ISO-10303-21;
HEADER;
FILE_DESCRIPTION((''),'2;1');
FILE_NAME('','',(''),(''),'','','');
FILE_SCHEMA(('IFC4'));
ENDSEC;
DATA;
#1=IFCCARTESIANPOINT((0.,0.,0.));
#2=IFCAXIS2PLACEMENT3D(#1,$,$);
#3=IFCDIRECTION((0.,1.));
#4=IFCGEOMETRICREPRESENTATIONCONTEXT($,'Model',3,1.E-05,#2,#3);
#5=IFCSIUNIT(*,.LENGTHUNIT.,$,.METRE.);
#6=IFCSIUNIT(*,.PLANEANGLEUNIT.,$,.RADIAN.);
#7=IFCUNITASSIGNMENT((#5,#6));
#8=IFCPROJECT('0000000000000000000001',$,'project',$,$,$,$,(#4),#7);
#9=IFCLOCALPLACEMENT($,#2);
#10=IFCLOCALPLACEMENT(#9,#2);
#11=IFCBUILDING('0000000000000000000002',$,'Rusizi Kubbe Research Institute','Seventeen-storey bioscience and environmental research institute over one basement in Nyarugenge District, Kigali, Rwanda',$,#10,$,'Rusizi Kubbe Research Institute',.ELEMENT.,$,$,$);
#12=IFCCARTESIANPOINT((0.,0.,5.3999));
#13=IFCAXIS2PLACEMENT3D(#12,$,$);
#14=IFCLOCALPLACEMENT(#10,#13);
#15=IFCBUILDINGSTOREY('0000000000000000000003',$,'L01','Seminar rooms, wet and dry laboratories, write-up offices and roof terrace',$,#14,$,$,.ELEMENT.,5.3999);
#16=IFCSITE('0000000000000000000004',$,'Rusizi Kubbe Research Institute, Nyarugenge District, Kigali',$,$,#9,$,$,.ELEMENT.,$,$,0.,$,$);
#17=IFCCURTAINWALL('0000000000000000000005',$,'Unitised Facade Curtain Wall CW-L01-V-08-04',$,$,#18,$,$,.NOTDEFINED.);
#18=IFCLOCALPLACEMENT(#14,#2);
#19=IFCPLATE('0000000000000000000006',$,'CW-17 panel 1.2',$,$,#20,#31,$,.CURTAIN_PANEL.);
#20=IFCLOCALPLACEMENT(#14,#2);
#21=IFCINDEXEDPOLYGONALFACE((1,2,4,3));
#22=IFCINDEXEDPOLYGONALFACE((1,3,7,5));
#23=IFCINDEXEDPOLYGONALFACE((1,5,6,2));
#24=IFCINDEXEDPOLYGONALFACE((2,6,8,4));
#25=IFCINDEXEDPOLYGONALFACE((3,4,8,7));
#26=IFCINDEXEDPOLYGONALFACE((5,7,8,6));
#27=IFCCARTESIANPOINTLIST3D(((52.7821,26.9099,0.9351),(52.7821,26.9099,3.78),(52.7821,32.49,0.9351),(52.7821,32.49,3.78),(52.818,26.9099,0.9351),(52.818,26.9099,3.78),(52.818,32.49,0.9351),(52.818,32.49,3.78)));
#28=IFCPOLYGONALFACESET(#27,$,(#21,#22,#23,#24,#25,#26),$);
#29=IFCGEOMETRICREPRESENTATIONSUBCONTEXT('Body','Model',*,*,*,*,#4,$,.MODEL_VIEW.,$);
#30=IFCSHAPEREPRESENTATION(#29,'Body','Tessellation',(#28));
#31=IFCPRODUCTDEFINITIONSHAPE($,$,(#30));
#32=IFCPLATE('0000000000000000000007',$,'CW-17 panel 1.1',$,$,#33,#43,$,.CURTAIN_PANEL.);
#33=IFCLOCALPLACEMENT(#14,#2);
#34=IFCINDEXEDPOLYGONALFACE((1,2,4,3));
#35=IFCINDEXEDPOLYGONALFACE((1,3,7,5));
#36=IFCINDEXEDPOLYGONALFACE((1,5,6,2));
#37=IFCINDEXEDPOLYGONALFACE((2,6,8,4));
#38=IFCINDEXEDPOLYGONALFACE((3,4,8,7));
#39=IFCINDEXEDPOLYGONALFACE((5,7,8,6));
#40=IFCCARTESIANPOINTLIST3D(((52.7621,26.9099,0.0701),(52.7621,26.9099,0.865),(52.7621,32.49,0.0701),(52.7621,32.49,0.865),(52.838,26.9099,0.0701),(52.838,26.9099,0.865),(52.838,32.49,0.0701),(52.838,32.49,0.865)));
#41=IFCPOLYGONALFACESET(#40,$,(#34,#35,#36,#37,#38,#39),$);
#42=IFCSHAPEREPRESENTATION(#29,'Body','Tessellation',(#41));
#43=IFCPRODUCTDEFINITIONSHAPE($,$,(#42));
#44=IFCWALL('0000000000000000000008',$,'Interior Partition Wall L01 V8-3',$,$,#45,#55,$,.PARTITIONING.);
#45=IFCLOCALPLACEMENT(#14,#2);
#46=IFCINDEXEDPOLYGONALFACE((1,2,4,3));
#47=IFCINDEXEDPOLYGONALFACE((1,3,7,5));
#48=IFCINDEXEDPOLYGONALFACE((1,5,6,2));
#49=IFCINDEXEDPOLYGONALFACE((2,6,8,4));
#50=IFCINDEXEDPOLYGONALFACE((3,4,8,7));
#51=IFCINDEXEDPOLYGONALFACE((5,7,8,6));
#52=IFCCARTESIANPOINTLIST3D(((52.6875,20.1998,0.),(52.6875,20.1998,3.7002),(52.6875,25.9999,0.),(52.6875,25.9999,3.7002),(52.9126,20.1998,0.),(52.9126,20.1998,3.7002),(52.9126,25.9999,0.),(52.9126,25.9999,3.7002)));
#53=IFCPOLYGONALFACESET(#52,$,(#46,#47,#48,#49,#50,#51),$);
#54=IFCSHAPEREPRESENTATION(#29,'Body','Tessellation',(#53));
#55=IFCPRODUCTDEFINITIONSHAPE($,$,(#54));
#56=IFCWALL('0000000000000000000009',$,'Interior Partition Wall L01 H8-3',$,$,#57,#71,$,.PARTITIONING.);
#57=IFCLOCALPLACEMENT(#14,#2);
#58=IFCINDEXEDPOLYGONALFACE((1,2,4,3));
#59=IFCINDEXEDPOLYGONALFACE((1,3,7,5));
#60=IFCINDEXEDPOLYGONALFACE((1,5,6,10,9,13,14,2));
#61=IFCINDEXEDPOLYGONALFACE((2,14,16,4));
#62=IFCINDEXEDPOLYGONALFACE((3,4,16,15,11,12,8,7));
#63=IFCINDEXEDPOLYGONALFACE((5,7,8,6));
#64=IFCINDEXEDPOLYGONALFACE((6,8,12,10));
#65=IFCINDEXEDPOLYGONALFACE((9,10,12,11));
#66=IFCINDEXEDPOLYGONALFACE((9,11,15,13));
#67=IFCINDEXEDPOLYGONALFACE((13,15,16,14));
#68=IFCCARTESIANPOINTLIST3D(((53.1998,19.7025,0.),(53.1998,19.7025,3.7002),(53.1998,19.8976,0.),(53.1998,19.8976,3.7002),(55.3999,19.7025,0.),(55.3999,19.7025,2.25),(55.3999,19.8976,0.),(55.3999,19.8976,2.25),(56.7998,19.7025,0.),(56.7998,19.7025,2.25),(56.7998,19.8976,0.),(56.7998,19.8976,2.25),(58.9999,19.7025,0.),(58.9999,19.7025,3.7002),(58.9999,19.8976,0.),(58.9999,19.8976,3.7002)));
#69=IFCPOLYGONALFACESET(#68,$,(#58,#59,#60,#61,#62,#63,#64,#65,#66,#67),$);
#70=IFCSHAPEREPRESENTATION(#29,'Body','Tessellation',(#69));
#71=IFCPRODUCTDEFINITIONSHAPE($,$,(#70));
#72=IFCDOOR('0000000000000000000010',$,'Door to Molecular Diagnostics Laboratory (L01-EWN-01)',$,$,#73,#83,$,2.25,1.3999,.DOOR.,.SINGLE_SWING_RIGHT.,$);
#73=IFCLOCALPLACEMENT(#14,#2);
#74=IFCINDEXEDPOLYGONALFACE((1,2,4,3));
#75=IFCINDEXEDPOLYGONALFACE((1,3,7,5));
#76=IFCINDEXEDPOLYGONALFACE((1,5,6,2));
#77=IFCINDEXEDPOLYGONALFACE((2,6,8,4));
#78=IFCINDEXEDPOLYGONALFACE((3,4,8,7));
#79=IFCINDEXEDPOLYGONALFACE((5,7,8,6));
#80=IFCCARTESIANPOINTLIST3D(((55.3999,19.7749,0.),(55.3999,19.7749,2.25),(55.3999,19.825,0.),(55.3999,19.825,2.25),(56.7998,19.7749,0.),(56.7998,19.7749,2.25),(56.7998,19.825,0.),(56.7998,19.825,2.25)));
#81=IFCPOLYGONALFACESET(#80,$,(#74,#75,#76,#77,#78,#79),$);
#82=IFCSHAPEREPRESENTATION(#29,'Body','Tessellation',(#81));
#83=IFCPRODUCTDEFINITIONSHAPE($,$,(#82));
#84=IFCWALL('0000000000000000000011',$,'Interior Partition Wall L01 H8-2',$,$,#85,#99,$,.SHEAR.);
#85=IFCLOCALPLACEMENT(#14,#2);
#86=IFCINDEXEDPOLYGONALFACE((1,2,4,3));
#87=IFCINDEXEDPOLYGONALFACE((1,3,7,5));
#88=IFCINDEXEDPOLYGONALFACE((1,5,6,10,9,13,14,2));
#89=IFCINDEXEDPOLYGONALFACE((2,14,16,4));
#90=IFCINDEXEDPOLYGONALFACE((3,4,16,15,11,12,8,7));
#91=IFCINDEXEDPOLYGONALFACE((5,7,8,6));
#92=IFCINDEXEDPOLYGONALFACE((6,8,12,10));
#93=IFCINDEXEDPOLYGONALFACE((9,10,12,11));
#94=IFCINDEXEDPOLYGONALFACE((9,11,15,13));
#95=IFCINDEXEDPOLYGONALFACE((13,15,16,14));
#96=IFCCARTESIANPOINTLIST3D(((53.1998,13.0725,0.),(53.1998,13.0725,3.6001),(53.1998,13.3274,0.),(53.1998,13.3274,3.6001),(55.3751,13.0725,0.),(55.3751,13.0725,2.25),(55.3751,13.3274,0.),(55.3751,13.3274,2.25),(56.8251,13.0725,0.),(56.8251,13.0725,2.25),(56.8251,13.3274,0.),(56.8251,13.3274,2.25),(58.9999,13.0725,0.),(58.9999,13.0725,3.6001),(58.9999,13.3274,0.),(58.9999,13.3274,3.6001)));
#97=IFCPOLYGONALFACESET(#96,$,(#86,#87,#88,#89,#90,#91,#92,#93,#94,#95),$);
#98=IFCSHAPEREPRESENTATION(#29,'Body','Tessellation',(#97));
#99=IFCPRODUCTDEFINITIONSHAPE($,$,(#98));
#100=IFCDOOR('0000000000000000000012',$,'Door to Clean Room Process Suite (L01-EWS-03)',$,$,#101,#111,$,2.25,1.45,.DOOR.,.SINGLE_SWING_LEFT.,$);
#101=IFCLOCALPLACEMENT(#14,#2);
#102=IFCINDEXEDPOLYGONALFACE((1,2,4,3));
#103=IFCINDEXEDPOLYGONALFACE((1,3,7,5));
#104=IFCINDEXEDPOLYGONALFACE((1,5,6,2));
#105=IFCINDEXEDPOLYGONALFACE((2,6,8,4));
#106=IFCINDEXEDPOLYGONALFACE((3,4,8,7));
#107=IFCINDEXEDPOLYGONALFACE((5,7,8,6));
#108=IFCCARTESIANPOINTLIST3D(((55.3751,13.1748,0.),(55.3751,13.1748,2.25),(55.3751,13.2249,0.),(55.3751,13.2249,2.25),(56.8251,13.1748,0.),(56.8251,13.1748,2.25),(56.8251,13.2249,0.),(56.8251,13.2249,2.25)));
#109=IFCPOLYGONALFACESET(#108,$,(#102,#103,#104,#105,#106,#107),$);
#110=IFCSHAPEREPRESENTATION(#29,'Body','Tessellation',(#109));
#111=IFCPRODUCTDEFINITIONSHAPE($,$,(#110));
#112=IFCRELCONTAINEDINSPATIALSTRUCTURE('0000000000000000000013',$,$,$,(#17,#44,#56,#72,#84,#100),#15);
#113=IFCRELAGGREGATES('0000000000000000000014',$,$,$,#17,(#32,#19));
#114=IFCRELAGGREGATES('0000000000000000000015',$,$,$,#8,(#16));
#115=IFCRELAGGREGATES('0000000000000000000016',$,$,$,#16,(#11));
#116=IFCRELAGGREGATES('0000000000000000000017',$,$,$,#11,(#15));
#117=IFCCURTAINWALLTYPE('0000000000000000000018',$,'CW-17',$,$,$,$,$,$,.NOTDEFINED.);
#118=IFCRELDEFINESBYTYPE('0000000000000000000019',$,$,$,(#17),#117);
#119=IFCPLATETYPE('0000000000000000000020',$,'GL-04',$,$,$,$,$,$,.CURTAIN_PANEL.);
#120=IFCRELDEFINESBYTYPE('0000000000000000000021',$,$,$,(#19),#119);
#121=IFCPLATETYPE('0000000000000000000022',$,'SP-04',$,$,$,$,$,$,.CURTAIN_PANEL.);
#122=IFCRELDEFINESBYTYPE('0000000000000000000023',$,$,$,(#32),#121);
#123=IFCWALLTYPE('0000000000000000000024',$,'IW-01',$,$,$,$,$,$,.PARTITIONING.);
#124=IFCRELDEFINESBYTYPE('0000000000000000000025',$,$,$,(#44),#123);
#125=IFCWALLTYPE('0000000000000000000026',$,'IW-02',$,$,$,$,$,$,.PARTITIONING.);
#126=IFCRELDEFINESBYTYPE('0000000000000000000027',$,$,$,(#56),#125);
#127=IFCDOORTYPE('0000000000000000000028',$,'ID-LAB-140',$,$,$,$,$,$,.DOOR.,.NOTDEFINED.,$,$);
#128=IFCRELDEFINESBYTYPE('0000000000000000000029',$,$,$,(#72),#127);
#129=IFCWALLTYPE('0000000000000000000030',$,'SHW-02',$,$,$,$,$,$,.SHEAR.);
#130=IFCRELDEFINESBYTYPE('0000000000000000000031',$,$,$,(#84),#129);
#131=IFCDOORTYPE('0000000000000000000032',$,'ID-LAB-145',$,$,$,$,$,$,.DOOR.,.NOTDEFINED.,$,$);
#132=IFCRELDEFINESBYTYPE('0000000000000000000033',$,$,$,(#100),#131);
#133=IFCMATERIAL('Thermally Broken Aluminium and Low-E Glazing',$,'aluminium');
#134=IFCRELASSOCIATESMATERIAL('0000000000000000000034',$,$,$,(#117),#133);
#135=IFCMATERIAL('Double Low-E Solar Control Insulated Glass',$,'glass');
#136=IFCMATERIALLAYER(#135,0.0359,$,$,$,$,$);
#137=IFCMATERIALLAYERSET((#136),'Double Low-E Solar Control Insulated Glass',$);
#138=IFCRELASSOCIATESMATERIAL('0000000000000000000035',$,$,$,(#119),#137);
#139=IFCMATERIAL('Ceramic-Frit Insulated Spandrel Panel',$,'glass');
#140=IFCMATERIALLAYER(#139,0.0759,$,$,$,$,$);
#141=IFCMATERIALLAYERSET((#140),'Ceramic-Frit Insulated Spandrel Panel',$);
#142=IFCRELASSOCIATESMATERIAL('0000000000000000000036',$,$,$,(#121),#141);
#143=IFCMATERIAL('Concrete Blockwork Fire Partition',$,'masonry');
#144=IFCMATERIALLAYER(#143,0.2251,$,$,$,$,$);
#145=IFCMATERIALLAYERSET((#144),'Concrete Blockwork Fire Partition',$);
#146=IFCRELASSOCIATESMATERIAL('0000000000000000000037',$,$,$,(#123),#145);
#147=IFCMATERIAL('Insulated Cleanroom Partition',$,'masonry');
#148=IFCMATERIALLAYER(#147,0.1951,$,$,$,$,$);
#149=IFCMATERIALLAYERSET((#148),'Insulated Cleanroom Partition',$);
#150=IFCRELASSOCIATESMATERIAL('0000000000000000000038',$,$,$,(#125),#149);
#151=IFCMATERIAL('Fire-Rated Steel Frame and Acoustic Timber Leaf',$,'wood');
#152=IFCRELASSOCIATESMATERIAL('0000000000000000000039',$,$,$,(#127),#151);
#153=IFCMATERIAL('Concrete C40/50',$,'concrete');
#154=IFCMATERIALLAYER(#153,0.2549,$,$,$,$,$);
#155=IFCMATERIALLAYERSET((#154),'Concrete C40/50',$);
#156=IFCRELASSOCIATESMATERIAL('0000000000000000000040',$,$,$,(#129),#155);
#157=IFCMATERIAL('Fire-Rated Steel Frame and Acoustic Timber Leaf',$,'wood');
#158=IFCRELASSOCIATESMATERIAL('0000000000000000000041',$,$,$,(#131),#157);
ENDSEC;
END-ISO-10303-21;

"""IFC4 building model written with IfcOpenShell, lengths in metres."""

from ifc_helpers import new_model, si_unit, direction, frame, frame_2d, origin, origin_2d, place, context, subcontext, project, spatial, rectangle, extrude, material, layer, layer_set, type_object, element, fill, aggregate, save


model = new_model("IFC4")

# Units and contexts
model_context = context("Model", 3, precision=1e-05, world=origin(), true_north=direction((0.0, 1.0)))
body_context = subcontext(model_context, "Body", "Model", "MODEL_VIEW")
ifc_project = project(units=[si_unit("LENGTHUNIT", "METRE"), si_unit("PLANEANGLEUNIT", "RADIAN")], contexts=[model_context])

# Site, building, storey
site_placement = place(None, origin())
site = spatial("IfcSite", under=ifc_project, at=site_placement, Name="Rusizi Kubbe Research Institute, Nyarugenge District, Kigali", CompositionType="ELEMENT", RefElevation=0.0)
building_placement = place(site_placement, origin())
building = spatial("IfcBuilding", under=site, at=building_placement, Name="Rusizi Kubbe Research Institute", Description="Seventeen-storey bioscience and environmental research institute over one basement in Nyarugenge District, Kigali, Rwanda", LongName="Rusizi Kubbe Research Institute", CompositionType="ELEMENT")
storey_placement = place(building_placement, frame((0.0, 0.0, 5.3999)))
storey = spatial("IfcBuildingStorey", under=building, at=storey_placement, Name="L01", Description="Seminar rooms, wet and dry laboratories, write-up offices and roof terrace", CompositionType="ELEMENT", Elevation=5.3999)

# Curtain wall, plates
ifc_material_1 = material(Name="Thermally Broken Aluminium and Low-E Glazing", Category="aluminium")
curtain_wall_type = type_object("IfcCurtainWallType", Name="CW-17", PredefinedType="NOTDEFINED", material=ifc_material_1)
curtain_wall_placement = place(storey_placement, origin())
curtain_wall = element("IfcCurtainWall", 1, at=curtain_wall_placement, inside=storey, type_object=curtain_wall_type, Name="Unitised Facade Curtain Wall CW-L01-V-08-04", PredefinedType="NOTDEFINED")
ifc_material_2 = material(Name="Double Low-E Solar Control Insulated Glass", Category="glass")
ifc_layer_1 = layer(ifc_material_2, 0.0359)
ifc_layer_set_1 = layer_set([ifc_layer_1], Name="Double Low-E Solar Control Insulated Glass")
plate_type_1 = type_object("IfcPlateType", Name="GL-04", PredefinedType="CURTAIN_PANEL", material=ifc_layer_set_1)
plate_1_placement = place(storey_placement, frame((52.8, 29.7, 0.9351), z_axis=(0.0, 0.0, 1.0), x_axis=(0.0, 1.0, 0.0)))
plate_1 = element("IfcPlate", 2, at=plate_1_placement, type_object=plate_type_1, Name="CW-17 panel 1.2", PredefinedType="CURTAIN_PANEL", context=body_context, shape_type="SweptSolid", body=[
    extrude(rectangle(XDim=5.5801, YDim=0.0359, at=origin_2d()), origin(), (0.0, 0.0, 1.0), 2.845),
])
ifc_material_3 = material(Name="Ceramic-Frit Insulated Spandrel Panel", Category="glass")
ifc_layer_2 = layer(ifc_material_3, 0.0759)
ifc_layer_set_2 = layer_set([ifc_layer_2], Name="Ceramic-Frit Insulated Spandrel Panel")
plate_type_2 = type_object("IfcPlateType", Name="SP-04", PredefinedType="CURTAIN_PANEL", material=ifc_layer_set_2)
plate_2_placement = place(storey_placement, frame((52.8, 29.7, 0.0701), z_axis=(0.0, 0.0, 1.0), x_axis=(0.0, 1.0, 0.0)))
plate_2 = element("IfcPlate", 3, at=plate_2_placement, type_object=plate_type_2, Name="CW-17 panel 1.1", PredefinedType="CURTAIN_PANEL", context=body_context, shape_type="SweptSolid", body=[
    extrude(rectangle(XDim=5.5801, YDim=0.0759, at=origin_2d()), origin(), (0.0, 0.0, 1.0), 0.7949),
])
aggregate(curtain_wall, [plate_2, plate_1])

# Wall
ifc_material_4 = material(Name="Concrete Blockwork Fire Partition", Category="masonry")
ifc_layer_3 = layer(ifc_material_4, 0.2251)
ifc_layer_set_3 = layer_set([ifc_layer_3], Name="Concrete Blockwork Fire Partition")
wall_type_1 = type_object("IfcWallType", Name="IW-01", PredefinedType="PARTITIONING", material=ifc_layer_set_3)
wall_1_placement = place(storey_placement, frame((52.8, 20.2, 0.0), z_axis=(0.0, 0.0, 1.0), x_axis=(0.0, 1.0, 0.0)))
element("IfcWall", 4, at=wall_1_placement, inside=storey, type_object=wall_type_1, Name="Interior Partition Wall L01 V8-3", PredefinedType="PARTITIONING", context=body_context, shape_type="SweptSolid", body=[
    extrude(rectangle(XDim=5.8, YDim=0.2251, at=frame_2d((2.8999, 0.0))), origin(), (0.0, 0.0, 1.0), 3.7002),
])

# Walls, openings, doors
ifc_material_5 = material(Name="Insulated Cleanroom Partition", Category="masonry")
ifc_layer_4 = layer(ifc_material_5, 0.1951)
ifc_layer_set_4 = layer_set([ifc_layer_4], Name="Insulated Cleanroom Partition")
wall_type_2 = type_object("IfcWallType", Name="IW-02", PredefinedType="PARTITIONING", material=ifc_layer_set_4)
wall_2_placement = place(storey_placement, frame((53.2, 19.8, 0.0), z_axis=(0.0, 0.0, 1.0), x_axis=(1.0, 0.0, 0.0)))
wall_2 = element("IfcWall", 5, at=wall_2_placement, inside=storey, type_object=wall_type_2, Name="Interior Partition Wall L01 H8-3", PredefinedType="PARTITIONING", context=body_context, shape_type="SweptSolid", body=[
    extrude(rectangle(XDim=5.8, YDim=0.1951, at=frame_2d((2.8999, 0.0))), origin(), (0.0, 0.0, 1.0), 3.7002),
])
opening_1_placement = place(wall_2_placement, frame((2.2, 0.0, 0.0)))
opening_1 = element("IfcOpeningElement", 6, at=opening_1_placement, cuts=wall_2, PredefinedType="OPENING", context=body_context, shape_type="SweptSolid", body=[
    extrude(rectangle(XDim=1.3999, YDim=2.25, at=frame_2d((0.7, 1.125))), frame((0.0, 0.1074, 0.0), z_axis=(0.0, -1.0, 0.0), x_axis=(1.0, 0.0, 0.0)), (0.0, 0.0, 1.0), 0.2151),
])
ifc_material_6 = material(Name="Fire-Rated Steel Frame and Acoustic Timber Leaf", Category="wood")
door_type_1 = type_object("IfcDoorType", Name="ID-LAB-140", OperationType="NOTDEFINED", PredefinedType="DOOR", material=ifc_material_6)
door_1_placement = place(opening_1_placement, origin())
door_1 = element("IfcDoor", 7, at=door_1_placement, inside=storey, type_object=door_type_1, Name="Door to Molecular Diagnostics Laboratory (L01-EWN-01)", OperationType="SINGLE_SWING_RIGHT", OverallHeight=2.25, OverallWidth=1.3999, PredefinedType="DOOR", context=body_context, shape_type="SweptSolid", body=[
    extrude(rectangle(XDim=1.3999, YDim=2.25, at=frame_2d((0.7, 1.125))), frame((0.0, 0.0249, 0.0), z_axis=(0.0, -1.0, 0.0), x_axis=(1.0, 0.0, 0.0)), (0.0, 0.0, 1.0), 0.05),
])
fill(opening_1, door_1)
ifc_material_7 = material(Name="Concrete C40/50", Category="concrete")
ifc_layer_5 = layer(ifc_material_7, 0.2549)
ifc_layer_set_5 = layer_set([ifc_layer_5], Name="Concrete C40/50")
wall_type_3 = type_object("IfcWallType", Name="SHW-02", PredefinedType="SHEAR", material=ifc_layer_set_5)
wall_3_placement = place(storey_placement, frame((53.2, 13.2, 0.0), z_axis=(0.0, 0.0, 1.0), x_axis=(1.0, 0.0, 0.0)))
wall_3 = element("IfcWall", 8, at=wall_3_placement, inside=storey, type_object=wall_type_3, Name="Interior Partition Wall L01 H8-2", PredefinedType="SHEAR", context=body_context, shape_type="SweptSolid", body=[
    extrude(rectangle(XDim=5.8, YDim=0.2549, at=frame_2d((2.8999, 0.0))), origin(), (0.0, 0.0, 1.0), 3.6001),
])
opening_2_placement = place(wall_3_placement, frame((2.175, 0.0, 0.0)))
opening_2 = element("IfcOpeningElement", 9, at=opening_2_placement, cuts=wall_3, PredefinedType="OPENING", context=body_context, shape_type="SweptSolid", body=[
    extrude(rectangle(XDim=1.45, YDim=2.25, at=frame_2d((0.7251, 1.125))), frame((0.0, 0.1375, 0.0), z_axis=(0.0, -1.0, 0.0), x_axis=(1.0, 0.0, 0.0)), (0.0, 0.0, 1.0), 0.2749),
])
ifc_material_8 = material(Name="Fire-Rated Steel Frame and Acoustic Timber Leaf", Category="wood")
door_type_2 = type_object("IfcDoorType", Name="ID-LAB-145", OperationType="NOTDEFINED", PredefinedType="DOOR", material=ifc_material_8)
door_2_placement = place(opening_2_placement, origin())
door_2 = element("IfcDoor", 10, at=door_2_placement, inside=storey, type_object=door_type_2, Name="Door to Clean Room Process Suite (L01-EWS-03)", OperationType="SINGLE_SWING_LEFT", OverallHeight=2.25, OverallWidth=1.45, PredefinedType="DOOR", context=body_context, shape_type="SweptSolid", body=[
    extrude(rectangle(XDim=1.45, YDim=2.25, at=frame_2d((0.7251, 1.125))), frame((0.0, 0.0249, 0.0), z_axis=(0.0, -1.0, 0.0), x_axis=(1.0, 0.0, 0.0)), (0.0, 0.0, 1.0), 0.05),
])
fill(opening_2, door_2)

save(model, "model.ifc")
